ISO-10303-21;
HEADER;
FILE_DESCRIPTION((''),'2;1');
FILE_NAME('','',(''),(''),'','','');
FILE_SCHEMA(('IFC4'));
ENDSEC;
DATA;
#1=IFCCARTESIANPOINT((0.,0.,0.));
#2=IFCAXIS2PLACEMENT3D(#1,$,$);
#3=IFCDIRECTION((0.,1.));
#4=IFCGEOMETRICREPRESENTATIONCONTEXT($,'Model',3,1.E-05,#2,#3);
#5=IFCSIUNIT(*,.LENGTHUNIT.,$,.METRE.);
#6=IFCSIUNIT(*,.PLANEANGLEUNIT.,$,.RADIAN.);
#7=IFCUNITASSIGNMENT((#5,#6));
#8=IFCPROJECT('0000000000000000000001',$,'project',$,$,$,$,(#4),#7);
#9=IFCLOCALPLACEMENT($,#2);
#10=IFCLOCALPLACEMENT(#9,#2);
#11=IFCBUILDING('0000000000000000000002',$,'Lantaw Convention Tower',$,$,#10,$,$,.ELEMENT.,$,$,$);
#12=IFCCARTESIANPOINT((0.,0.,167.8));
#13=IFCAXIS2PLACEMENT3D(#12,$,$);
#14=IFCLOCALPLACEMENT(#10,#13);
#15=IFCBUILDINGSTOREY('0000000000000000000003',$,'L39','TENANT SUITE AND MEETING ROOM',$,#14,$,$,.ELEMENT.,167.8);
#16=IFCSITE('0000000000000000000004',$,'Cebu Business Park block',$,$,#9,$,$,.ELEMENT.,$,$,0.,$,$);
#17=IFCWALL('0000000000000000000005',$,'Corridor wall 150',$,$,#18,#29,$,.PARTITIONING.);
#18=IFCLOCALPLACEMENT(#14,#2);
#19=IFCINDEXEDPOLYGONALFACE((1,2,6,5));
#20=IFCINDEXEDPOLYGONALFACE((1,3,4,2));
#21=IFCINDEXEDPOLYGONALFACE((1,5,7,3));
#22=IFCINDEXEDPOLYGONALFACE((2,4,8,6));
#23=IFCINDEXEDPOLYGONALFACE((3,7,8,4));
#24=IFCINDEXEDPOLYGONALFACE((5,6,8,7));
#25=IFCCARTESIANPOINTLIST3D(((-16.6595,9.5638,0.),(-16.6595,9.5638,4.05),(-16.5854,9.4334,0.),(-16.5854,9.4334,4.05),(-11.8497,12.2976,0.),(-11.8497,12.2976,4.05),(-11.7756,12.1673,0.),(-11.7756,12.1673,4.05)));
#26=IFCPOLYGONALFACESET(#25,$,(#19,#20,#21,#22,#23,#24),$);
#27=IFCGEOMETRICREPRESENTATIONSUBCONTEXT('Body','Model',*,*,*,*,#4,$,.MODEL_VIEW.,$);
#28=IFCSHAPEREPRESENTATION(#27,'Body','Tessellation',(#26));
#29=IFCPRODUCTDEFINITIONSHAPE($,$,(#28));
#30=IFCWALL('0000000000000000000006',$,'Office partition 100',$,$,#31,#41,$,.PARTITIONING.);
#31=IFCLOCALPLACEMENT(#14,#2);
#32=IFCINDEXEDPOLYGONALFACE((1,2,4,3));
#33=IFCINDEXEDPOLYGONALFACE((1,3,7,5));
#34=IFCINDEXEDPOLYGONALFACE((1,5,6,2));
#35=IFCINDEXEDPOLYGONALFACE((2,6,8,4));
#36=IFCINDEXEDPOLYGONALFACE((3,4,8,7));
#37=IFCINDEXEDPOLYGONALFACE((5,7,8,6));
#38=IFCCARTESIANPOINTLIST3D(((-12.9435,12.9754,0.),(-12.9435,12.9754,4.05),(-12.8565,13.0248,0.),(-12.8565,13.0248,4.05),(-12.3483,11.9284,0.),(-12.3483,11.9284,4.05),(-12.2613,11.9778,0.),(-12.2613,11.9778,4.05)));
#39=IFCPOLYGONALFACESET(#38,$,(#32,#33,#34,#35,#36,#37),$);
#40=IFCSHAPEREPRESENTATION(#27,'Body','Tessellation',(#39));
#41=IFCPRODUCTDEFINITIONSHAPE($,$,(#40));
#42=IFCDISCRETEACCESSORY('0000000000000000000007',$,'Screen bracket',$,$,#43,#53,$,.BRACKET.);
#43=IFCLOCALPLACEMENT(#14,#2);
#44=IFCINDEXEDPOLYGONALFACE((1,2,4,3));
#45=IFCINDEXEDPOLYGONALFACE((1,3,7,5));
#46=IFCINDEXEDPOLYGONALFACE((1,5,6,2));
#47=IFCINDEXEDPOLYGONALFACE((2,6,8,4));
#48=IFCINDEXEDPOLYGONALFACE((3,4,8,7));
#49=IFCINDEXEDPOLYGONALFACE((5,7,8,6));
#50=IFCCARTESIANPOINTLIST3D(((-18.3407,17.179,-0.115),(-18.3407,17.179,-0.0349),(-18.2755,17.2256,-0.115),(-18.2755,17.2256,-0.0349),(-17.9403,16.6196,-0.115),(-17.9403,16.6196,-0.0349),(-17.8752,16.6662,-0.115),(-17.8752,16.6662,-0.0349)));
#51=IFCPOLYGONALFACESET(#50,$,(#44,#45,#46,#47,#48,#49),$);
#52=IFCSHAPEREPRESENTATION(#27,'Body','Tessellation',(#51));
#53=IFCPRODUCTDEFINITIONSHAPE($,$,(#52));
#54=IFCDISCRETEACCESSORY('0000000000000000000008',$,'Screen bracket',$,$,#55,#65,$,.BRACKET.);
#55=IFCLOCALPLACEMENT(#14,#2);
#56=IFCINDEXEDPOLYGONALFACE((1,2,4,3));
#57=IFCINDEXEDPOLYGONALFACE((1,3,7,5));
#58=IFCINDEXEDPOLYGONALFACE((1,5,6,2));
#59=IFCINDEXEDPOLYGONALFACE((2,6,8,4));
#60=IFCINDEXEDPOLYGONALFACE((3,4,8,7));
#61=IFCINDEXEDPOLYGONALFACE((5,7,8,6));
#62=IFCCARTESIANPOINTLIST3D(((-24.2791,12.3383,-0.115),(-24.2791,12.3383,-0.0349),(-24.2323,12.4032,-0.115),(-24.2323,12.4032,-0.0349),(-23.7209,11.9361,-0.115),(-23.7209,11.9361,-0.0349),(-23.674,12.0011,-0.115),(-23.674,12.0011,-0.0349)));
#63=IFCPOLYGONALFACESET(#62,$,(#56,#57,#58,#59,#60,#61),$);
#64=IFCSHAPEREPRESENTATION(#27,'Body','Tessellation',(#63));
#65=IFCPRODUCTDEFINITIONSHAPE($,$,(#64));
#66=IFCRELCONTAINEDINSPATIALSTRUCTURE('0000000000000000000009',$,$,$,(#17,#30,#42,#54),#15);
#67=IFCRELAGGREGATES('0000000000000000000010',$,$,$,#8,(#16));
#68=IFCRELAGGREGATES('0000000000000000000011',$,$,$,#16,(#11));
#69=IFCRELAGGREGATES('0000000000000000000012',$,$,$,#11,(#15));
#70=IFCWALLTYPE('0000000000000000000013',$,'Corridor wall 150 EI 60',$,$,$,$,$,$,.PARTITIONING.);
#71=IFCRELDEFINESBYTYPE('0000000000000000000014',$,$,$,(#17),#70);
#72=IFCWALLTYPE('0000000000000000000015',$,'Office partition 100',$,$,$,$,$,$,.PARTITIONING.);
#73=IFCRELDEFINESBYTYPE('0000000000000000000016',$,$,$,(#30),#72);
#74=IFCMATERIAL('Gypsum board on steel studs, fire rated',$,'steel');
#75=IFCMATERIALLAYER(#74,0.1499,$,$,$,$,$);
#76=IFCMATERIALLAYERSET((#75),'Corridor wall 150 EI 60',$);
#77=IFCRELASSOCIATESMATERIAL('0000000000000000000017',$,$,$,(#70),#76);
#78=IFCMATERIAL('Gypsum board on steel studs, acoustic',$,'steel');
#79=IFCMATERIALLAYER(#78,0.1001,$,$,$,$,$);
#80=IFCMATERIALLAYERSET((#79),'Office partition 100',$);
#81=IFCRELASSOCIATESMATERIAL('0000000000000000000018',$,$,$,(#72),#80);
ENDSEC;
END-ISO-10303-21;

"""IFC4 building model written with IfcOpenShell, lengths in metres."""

from ifc_helpers import new_model, si_unit, direction, frame, frame_2d, origin, origin_2d, place, context, subcontext, project, spatial, rectangle, extrude, material, layer, layer_set, type_object, element, save


model = new_model("IFC4")

# Units and contexts
model_context = context("Model", 3, precision=1e-05, world=origin(), true_north=direction((0.0, 1.0)))
body_context = subcontext(model_context, "Body", "Model", "MODEL_VIEW")
ifc_project = project(units=[si_unit("LENGTHUNIT", "METRE"), si_unit("PLANEANGLEUNIT", "RADIAN")], contexts=[model_context])

# Site, building, storey
site_placement = place(None, origin())
site = spatial("IfcSite", under=ifc_project, at=site_placement, Name="Cebu Business Park block", CompositionType="ELEMENT", RefElevation=0.0)
building_placement = place(site_placement, origin())
building = spatial("IfcBuilding", under=site, at=building_placement, Name="Lantaw Convention Tower", CompositionType="ELEMENT")
storey_placement = place(building_placement, frame((0.0, 0.0, 167.8)))
storey = spatial("IfcBuildingStorey", under=building, at=storey_placement, Name="L39", Description="TENANT SUITE AND MEETING ROOM", CompositionType="ELEMENT", Elevation=167.8)

# Walls
ifc_material_1 = material(Name="Gypsum board on steel studs, fire rated", Category="steel")
ifc_layer_1 = layer(ifc_material_1, 0.1499)
ifc_layer_set_1 = layer_set([ifc_layer_1], Name="Corridor wall 150 EI 60")
wall_type_1 = type_object("IfcWallType", Name="Corridor wall 150 EI 60", PredefinedType="PARTITIONING", material=ifc_layer_set_1)
wall_1_placement = place(storey_placement, frame((-11.8127, 12.2324, 0.0), z_axis=(0.0, 0.0, 1.0), x_axis=(-0.869376, -0.494151, 0.0)))
element("IfcWall", 1, at=wall_1_placement, inside=storey, type_object=wall_type_1, Name="Corridor wall 150", PredefinedType="PARTITIONING", context=body_context, shape_type="SweptSolid", body=[
    extrude(rectangle(XDim=5.5325, YDim=0.1499, at=frame_2d((2.7661, 0.0))), origin(), (0.0, 0.0, 1.0), 4.05),
])
ifc_material_2 = material(Name="Gypsum board on steel studs, acoustic", Category="steel")
ifc_layer_2 = layer(ifc_material_2, 0.1001)
ifc_layer_set_2 = layer_set([ifc_layer_2], Name="Office partition 100")
wall_type_2 = type_object("IfcWallType", Name="Office partition 100", PredefinedType="PARTITIONING", material=ifc_layer_set_2)
wall_2_placement = place(storey_placement, frame((-12.8999, 13.0, 0.0), z_axis=(0.0, 0.0, 1.0), x_axis=(0.494173, -0.869364, 0.0)))
element("IfcWall", 2, at=wall_2_placement, inside=storey, type_object=wall_type_2, Name="Office partition 100", PredefinedType="PARTITIONING", context=body_context, shape_type="SweptSolid", body=[
    extrude(rectangle(XDim=1.2043, YDim=0.1001, at=frame_2d((0.6021, 0.0))), origin(), (0.0, 0.0, 1.0), 4.05),
])

# Discrete accessories
for number, where, z_axis, x_axis, name in (
    (3, (-18.1079, 16.9226, -0.115), (0.0, 0.0, 1.0), (-0.813208, -0.581973, 0.0), "Screen bracket"),
    (4, (-23.9766, 12.1697, -0.115), (0.0, 0.0, 1.0), (-0.584513, -0.811385, 0.0), "Screen bracket"),
):
    element("IfcDiscreteAccessory", number, at=place(storey_placement, frame(where, z_axis=z_axis, x_axis=x_axis)), inside=storey, Name=name, PredefinedType="BRACKET", context=body_context, shape_type="SweptSolid", body=[
        extrude(rectangle(XDim=0.0801, YDim=0.688, at=origin_2d()), origin(), (0.0, 0.0, 1.0), 0.0801),
    ])

save(model, "model.ifc")
